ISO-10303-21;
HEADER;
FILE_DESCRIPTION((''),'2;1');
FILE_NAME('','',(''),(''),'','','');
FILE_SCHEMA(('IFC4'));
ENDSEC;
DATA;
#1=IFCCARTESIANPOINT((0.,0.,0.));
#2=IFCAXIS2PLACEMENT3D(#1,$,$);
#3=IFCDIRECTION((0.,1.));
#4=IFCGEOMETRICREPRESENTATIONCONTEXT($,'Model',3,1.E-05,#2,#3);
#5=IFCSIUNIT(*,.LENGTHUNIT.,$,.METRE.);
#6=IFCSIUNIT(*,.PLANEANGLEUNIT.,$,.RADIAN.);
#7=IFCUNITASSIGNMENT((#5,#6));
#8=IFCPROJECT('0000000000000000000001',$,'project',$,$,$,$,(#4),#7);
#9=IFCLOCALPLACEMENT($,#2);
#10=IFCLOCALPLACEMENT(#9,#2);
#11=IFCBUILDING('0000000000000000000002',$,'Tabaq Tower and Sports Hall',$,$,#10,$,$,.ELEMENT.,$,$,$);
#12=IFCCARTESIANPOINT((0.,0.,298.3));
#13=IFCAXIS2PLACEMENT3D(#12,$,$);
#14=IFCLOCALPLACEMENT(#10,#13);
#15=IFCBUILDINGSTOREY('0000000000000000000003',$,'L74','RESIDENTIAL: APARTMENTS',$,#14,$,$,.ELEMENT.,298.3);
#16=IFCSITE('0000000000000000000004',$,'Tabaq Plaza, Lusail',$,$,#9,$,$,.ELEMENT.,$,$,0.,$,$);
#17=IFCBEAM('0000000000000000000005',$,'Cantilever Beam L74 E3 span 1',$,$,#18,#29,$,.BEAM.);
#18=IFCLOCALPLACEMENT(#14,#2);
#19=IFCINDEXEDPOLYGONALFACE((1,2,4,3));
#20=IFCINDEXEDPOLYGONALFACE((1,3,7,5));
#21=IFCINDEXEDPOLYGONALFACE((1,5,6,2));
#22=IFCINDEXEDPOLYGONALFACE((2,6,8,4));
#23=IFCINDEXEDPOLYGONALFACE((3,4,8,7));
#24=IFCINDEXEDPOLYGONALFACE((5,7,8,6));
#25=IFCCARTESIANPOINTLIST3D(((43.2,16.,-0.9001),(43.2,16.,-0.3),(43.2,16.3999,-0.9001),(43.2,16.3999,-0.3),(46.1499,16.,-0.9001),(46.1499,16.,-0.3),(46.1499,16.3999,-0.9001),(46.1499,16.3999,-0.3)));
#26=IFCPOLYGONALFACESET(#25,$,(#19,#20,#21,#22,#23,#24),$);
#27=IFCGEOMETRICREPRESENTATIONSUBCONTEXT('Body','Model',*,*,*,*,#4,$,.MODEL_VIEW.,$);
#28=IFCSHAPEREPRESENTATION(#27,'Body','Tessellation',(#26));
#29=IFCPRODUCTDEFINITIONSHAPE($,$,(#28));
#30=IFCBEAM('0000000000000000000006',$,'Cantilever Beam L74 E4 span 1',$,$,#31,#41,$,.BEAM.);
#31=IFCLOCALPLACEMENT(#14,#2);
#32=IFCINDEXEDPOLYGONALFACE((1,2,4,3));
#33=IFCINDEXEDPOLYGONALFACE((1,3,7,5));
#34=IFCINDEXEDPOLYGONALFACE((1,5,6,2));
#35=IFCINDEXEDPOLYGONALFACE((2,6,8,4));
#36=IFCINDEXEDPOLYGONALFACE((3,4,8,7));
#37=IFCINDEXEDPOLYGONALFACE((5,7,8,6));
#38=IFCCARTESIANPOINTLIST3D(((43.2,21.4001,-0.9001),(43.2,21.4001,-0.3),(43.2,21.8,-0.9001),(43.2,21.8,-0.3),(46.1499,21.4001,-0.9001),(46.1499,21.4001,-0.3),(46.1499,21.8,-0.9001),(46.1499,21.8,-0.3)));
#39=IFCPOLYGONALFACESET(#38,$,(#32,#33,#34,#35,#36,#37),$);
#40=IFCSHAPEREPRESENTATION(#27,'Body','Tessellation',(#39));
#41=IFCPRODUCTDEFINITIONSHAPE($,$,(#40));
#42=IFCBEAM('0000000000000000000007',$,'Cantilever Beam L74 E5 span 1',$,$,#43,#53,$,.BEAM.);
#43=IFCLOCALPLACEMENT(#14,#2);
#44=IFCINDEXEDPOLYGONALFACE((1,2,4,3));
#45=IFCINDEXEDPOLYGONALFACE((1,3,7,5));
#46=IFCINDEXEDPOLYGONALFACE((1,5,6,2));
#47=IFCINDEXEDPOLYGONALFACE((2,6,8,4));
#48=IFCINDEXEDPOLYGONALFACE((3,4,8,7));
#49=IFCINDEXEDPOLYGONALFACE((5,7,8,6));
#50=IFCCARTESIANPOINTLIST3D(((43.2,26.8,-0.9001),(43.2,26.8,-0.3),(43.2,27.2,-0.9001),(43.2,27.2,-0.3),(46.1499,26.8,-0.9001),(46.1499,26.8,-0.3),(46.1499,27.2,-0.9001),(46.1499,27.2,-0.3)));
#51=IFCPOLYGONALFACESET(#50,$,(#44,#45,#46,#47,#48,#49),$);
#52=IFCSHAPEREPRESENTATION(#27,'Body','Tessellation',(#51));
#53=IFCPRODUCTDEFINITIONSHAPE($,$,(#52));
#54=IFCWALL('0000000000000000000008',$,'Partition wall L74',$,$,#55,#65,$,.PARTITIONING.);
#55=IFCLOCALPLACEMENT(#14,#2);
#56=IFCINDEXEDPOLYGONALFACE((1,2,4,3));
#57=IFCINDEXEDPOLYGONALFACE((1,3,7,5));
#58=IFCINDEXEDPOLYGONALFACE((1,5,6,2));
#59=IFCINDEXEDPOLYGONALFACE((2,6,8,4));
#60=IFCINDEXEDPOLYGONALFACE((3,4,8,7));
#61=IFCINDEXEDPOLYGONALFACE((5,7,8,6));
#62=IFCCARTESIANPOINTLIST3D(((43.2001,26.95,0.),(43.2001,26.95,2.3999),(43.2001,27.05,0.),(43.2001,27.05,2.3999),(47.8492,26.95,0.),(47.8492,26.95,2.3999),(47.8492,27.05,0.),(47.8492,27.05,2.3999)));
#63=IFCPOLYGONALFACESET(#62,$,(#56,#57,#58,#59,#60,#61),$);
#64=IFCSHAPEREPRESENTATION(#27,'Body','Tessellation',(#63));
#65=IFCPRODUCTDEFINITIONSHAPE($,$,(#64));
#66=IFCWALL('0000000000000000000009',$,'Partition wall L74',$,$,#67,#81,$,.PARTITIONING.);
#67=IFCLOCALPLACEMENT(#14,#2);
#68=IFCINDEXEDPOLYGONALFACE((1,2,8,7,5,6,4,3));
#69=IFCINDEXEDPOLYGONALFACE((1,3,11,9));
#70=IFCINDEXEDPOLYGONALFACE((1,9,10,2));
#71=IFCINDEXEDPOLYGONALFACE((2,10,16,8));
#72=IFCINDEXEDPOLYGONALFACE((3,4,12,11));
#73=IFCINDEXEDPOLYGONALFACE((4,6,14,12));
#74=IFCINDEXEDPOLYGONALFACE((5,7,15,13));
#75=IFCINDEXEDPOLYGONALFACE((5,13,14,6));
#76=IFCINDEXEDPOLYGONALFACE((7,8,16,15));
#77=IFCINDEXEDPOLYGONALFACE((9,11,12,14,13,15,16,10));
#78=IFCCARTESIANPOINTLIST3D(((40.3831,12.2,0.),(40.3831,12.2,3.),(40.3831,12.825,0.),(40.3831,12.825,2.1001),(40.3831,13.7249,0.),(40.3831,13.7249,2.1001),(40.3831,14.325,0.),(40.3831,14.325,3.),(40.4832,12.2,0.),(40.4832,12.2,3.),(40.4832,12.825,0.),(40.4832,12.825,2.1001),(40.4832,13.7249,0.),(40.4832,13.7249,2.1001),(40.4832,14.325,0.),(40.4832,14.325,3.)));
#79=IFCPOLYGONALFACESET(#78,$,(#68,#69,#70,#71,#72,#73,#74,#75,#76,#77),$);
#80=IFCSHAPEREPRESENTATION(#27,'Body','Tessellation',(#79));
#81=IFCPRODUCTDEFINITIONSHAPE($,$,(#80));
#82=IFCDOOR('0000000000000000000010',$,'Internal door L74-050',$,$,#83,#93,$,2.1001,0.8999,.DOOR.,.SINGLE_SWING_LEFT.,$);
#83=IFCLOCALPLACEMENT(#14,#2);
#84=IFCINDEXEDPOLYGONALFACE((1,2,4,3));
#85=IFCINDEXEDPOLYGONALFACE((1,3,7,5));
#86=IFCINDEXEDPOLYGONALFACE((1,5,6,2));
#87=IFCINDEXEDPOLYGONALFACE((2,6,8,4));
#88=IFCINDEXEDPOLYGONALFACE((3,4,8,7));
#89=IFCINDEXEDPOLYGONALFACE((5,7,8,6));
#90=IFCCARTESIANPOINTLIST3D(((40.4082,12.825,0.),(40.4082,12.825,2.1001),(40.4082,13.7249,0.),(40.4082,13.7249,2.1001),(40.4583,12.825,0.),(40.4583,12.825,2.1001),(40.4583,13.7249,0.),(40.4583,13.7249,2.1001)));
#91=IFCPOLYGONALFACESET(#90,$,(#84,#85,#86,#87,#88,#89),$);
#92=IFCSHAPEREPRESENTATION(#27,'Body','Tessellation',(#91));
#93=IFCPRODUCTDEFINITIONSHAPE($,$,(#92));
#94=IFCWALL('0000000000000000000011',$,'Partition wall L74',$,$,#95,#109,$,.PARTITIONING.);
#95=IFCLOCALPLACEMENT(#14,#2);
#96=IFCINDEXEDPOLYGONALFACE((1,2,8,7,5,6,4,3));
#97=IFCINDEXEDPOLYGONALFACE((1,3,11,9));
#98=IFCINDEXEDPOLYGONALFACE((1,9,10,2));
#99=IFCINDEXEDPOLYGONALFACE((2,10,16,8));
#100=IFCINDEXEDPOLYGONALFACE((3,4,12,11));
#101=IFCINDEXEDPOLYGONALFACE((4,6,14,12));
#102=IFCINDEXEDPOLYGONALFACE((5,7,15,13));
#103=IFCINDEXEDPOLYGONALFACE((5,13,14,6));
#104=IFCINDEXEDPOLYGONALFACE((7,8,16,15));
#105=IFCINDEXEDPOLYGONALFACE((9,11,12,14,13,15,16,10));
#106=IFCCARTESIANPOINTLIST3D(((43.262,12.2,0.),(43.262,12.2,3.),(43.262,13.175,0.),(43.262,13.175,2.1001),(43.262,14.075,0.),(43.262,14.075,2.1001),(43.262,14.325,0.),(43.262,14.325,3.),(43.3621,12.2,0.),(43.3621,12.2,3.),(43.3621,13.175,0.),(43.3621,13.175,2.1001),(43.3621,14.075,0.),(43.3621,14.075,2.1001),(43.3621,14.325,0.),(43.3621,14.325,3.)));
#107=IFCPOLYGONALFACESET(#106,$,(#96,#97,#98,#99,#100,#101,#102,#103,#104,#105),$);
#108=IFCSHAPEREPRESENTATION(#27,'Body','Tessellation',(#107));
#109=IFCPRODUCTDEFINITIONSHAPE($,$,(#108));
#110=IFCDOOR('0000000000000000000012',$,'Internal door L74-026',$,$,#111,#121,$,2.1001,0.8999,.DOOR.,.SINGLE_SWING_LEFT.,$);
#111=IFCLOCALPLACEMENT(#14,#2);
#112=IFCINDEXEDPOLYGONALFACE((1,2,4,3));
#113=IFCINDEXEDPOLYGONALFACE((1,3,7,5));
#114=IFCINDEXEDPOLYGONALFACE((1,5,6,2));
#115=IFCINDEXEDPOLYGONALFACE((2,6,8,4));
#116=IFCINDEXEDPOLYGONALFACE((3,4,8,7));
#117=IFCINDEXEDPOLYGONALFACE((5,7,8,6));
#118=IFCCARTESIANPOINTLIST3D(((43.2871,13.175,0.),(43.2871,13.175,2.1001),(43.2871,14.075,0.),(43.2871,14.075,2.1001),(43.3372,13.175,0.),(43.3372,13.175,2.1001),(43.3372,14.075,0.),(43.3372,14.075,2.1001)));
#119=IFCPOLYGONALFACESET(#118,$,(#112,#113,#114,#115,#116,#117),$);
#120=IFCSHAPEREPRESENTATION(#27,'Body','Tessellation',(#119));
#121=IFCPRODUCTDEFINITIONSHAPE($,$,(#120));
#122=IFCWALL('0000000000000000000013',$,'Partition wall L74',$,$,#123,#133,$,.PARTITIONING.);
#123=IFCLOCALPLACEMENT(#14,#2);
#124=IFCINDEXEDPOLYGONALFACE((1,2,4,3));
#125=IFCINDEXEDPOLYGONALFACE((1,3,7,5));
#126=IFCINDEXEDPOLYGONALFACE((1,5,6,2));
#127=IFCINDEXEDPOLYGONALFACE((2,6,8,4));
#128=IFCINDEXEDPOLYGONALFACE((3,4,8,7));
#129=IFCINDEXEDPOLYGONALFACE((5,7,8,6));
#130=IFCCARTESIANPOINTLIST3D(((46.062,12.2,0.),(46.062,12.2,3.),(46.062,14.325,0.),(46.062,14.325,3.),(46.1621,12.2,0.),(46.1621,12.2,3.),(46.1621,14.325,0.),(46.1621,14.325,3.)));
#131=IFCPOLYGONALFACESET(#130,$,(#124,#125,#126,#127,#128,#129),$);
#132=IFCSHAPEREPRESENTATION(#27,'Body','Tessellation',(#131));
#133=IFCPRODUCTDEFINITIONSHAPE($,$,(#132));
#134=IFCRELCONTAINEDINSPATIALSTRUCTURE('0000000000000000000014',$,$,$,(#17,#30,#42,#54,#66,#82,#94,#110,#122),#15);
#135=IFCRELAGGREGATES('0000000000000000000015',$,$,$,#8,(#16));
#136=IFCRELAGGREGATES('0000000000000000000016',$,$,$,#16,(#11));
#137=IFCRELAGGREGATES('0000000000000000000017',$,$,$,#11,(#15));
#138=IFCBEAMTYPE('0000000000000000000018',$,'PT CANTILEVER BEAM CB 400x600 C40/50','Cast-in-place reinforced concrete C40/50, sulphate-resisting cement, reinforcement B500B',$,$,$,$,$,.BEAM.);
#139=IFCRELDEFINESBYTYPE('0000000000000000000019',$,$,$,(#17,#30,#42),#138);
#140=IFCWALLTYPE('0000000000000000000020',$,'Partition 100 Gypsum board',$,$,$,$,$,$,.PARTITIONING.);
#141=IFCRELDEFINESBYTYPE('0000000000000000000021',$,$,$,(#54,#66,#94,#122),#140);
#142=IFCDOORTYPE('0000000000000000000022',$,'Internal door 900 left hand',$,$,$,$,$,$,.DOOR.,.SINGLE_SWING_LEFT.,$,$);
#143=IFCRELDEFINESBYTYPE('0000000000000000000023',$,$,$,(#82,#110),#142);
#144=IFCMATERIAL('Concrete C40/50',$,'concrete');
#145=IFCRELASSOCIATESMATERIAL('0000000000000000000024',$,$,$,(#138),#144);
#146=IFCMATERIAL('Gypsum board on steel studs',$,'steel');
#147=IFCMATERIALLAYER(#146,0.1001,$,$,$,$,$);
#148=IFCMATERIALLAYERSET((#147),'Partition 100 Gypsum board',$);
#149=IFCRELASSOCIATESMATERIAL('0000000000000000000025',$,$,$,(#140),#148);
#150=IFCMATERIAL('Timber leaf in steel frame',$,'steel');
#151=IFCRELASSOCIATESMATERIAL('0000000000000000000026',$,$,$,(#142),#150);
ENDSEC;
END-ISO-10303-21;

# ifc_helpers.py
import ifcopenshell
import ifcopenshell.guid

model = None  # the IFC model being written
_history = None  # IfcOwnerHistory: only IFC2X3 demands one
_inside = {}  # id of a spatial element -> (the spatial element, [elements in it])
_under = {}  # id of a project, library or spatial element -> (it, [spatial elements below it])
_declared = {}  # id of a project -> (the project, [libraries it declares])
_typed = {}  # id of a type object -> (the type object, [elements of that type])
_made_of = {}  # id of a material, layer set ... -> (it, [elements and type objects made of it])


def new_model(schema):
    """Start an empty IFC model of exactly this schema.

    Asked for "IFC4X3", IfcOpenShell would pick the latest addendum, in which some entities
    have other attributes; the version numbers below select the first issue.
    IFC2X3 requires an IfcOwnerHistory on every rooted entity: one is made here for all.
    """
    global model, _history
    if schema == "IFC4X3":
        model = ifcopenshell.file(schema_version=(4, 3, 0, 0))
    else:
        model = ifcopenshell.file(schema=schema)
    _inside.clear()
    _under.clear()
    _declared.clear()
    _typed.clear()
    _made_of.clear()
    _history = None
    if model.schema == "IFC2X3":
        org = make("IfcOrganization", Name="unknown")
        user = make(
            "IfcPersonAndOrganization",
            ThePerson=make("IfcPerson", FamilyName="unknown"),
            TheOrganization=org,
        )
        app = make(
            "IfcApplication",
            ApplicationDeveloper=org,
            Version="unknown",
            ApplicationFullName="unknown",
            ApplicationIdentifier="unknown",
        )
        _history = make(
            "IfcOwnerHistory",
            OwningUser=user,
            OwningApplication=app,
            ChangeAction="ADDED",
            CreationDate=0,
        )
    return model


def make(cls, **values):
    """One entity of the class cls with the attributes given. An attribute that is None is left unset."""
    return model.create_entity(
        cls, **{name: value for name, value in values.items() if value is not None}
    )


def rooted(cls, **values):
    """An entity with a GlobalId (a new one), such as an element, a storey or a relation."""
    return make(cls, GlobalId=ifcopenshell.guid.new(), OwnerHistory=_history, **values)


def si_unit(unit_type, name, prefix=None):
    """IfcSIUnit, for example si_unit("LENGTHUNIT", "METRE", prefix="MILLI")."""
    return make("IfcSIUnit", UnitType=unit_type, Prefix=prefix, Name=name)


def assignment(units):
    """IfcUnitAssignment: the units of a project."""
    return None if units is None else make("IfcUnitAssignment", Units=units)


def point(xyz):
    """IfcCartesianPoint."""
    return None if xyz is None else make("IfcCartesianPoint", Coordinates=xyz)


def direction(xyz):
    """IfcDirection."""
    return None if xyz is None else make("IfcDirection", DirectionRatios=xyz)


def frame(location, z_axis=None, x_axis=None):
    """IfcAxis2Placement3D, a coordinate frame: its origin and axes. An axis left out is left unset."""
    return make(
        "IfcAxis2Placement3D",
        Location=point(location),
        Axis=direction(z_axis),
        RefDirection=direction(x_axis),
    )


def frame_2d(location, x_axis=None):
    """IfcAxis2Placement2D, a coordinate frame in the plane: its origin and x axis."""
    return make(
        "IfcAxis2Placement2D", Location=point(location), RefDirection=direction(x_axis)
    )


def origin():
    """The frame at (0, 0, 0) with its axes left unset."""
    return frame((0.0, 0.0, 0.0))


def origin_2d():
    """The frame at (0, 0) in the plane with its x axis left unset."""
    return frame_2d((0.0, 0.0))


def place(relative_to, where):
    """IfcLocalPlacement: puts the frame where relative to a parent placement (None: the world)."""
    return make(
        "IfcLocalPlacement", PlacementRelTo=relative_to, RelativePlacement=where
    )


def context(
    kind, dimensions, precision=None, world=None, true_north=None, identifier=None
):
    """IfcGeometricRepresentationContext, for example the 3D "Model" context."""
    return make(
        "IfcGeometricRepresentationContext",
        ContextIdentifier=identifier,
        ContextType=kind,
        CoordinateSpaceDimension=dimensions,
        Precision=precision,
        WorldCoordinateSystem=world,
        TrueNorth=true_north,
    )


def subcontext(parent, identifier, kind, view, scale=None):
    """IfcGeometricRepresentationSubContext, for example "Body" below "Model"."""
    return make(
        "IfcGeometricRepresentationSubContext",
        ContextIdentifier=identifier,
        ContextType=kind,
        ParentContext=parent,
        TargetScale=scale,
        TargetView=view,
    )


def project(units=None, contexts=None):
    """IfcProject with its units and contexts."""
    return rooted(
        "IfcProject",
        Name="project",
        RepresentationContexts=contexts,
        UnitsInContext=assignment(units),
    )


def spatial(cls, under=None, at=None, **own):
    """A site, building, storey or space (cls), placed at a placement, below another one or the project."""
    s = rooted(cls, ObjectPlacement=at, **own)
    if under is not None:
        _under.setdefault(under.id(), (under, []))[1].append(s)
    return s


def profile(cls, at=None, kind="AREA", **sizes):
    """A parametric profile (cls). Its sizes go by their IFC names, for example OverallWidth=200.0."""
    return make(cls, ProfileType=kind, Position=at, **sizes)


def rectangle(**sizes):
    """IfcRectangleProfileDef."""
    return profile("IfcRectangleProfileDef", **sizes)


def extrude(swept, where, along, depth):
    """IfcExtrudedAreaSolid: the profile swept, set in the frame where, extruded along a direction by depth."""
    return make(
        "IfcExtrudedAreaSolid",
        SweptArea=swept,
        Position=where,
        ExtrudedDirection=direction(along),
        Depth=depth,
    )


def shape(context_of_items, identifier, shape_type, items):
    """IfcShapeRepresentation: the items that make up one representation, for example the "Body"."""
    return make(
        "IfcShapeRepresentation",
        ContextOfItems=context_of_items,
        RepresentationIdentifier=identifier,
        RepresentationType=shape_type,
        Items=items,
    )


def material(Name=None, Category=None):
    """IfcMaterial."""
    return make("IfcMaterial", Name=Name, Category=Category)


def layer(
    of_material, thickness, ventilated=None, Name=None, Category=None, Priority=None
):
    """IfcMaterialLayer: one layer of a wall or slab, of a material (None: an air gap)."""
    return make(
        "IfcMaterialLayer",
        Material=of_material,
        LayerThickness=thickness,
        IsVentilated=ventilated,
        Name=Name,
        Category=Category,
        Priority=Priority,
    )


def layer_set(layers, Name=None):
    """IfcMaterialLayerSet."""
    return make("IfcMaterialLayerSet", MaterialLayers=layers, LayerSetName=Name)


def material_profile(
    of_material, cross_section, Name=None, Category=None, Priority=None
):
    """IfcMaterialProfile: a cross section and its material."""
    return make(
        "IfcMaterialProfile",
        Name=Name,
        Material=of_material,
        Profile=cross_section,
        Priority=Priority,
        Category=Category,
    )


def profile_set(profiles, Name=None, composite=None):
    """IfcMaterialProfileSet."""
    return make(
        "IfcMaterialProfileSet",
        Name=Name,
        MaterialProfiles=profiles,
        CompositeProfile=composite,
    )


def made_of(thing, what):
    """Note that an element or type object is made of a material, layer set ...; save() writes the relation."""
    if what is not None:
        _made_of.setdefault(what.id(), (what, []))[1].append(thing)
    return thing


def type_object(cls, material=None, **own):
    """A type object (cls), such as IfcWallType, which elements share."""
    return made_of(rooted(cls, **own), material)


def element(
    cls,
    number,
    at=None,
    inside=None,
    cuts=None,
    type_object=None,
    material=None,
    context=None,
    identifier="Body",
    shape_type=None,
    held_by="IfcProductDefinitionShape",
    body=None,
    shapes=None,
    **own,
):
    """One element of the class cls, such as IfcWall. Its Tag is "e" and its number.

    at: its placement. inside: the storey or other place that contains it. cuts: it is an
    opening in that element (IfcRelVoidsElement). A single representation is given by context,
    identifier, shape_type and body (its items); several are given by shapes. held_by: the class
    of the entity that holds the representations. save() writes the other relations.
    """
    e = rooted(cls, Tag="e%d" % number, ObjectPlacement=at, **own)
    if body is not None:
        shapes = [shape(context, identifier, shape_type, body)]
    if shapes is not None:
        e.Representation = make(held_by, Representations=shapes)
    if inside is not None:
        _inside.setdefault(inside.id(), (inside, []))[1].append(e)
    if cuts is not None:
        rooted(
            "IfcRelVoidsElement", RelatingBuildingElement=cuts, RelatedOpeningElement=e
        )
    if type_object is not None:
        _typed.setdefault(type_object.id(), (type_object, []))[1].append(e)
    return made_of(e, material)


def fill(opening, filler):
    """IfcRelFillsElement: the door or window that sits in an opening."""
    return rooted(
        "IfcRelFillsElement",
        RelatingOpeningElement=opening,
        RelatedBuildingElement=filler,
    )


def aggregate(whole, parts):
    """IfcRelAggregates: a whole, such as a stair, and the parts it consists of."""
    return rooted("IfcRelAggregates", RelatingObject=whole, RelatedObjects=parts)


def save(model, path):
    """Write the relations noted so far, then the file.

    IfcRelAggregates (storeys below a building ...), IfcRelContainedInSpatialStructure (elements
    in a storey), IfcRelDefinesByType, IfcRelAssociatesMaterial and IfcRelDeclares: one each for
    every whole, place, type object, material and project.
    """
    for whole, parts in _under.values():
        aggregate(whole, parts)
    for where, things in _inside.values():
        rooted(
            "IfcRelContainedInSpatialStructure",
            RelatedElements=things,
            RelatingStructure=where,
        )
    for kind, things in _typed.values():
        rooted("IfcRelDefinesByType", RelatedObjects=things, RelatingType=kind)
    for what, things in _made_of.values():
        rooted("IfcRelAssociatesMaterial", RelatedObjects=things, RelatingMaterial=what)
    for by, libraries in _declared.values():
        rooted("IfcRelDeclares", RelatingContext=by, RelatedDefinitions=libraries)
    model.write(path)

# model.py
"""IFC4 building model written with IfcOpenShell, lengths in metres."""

from ifc_helpers import new_model, si_unit, direction, frame, frame_2d, origin, origin_2d, place, context, subcontext, project, spatial, rectangle, extrude, material, layer, layer_set, material_profile, profile_set, type_object, element, fill, save


model = new_model("IFC4")

# Units and contexts
model_context = context("Model", 3, precision=1e-05, world=origin(), true_north=direction((0.0, 1.0)))
body_context = subcontext(model_context, "Body", "Model", "MODEL_VIEW")
ifc_project = project(units=[si_unit("LENGTHUNIT", "METRE"), si_unit("PLANEANGLEUNIT", "RADIAN")], contexts=[model_context])

# Site, building, storey
site_placement = place(None, origin())
site = spatial("IfcSite", under=ifc_project, at=site_placement, Name="Tabaq Plaza, Lusail", CompositionType="ELEMENT", RefElevation=0.0)
building_placement = place(site_placement, origin())
building = spatial("IfcBuilding", under=site, at=building_placement, Name="Tabaq Tower and Sports Hall", CompositionType="ELEMENT")
storey_placement = place(building_placement, frame((0.0, 0.0, 298.3)))
storey = spatial("IfcBuildingStorey", under=building, at=storey_placement, Name="L74", Description="RESIDENTIAL: APARTMENTS", CompositionType="ELEMENT", Elevation=298.3)

# Beams
ifc_material_1 = material(Name="Concrete C40/50", Category="concrete")
ifc_material_profile = material_profile(ifc_material_1, rectangle(XDim=0.3999, YDim=0.6001, at=origin_2d()), Name="CB 400x600")
ifc_profile_set = profile_set([ifc_material_profile], Name="Concrete C40/50")
beam_type = type_object("IfcBeamType", Name="PT CANTILEVER BEAM CB 400x600 C40/50", Description="Cast-in-place reinforced concrete C40/50, sulphate-resisting cement, reinforcement B500B", PredefinedType="BEAM", material=ifc_profile_set)
for number, where, z_axis, x_axis, name in (
    (1, (46.1499, 16.2, -0.6001), (-1.0, 0.0, 0.0), (0.0, -1.0, 0.0), "Cantilever Beam L74 E3 span 1"),
    (2, (46.1499, 21.6001, -0.6001), (-1.0, 0.0, 0.0), (0.0, -1.0, 0.0), "Cantilever Beam L74 E4 span 1"),
    (3, (46.1499, 27.0, -0.6001), (-1.0, 0.0, 0.0), (0.0, -1.0, 0.0), "Cantilever Beam L74 E5 span 1"),
):
    element("IfcBeam", number, at=place(storey_placement, frame(where, z_axis=z_axis, x_axis=x_axis)), inside=storey, type_object=beam_type, Name=name, PredefinedType="BEAM", context=body_context, shape_type="SweptSolid", body=[
        extrude(rectangle(XDim=0.3999, YDim=0.6001, at=origin_2d()), origin(), (0.0, 0.0, 1.0), 2.95),
    ])

# Wall
ifc_material_2 = material(Name="Gypsum board on steel studs", Category="steel")
ifc_layer_1 = layer(ifc_material_2, 0.1001)
ifc_layer_set_1 = layer_set([ifc_layer_1], Name="Partition 100 Gypsum board")
wall_type_1 = type_object("IfcWallType", Name="Partition 100 Gypsum board", PredefinedType="PARTITIONING", material=ifc_layer_set_1)
wall_1_placement = place(storey_placement, frame((43.2, 27.0, 0.0), z_axis=(0.0, 0.0, 1.0), x_axis=(1.0, 0.0, 0.0)))
element("IfcWall", 4, at=wall_1_placement, inside=storey, type_object=wall_type_1, Name="Partition wall L74", PredefinedType="PARTITIONING", context=body_context, shape_type="SweptSolid", body=[
    extrude(rectangle(XDim=4.6492, YDim=0.1001, at=frame_2d((2.3247, 0.0))), origin(), (0.0, 0.0, 1.0), 2.3999),
])

# Walls, openings, doors
wall_2_placement = place(storey_placement, frame((40.4331, 12.2, 0.0), z_axis=(0.0, 0.0, 1.0), x_axis=(0.0, 1.0, 0.0)))
wall_2 = element("IfcWall", 5, at=wall_2_placement, inside=storey, type_object=wall_type_1, Name="Partition wall L74", PredefinedType="PARTITIONING", context=body_context, shape_type="SweptSolid", body=[
    extrude(rectangle(XDim=2.125, YDim=0.1001, at=frame_2d((1.0625, 0.0))), origin(), (0.0, 0.0, 1.0), 3.0),
])
opening_1_placement = place(wall_2_placement, frame((0.625, 0.0, 0.0)))
opening_1 = element("IfcOpeningElement", 6, at=opening_1_placement, cuts=wall_2, PredefinedType="OPENING", context=body_context, shape_type="SweptSolid", body=[
    extrude(rectangle(XDim=0.8999, YDim=2.1001, at=frame_2d((0.45, 1.05))), frame((0.0, 0.05, 0.0), z_axis=(0.0, -1.0, 0.0), x_axis=(1.0, 0.0, 0.0)), (0.0, 0.0, 1.0), 0.1001),
])
ifc_material_3 = material(Name="Timber leaf in steel frame", Category="steel")
door_type_1 = type_object("IfcDoorType", Name="Internal door 900 left hand", OperationType="SINGLE_SWING_LEFT", PredefinedType="DOOR", material=ifc_material_3)
door_1_placement = place(opening_1_placement, origin())
door_1 = element("IfcDoor", 7, at=door_1_placement, inside=storey, type_object=door_type_1, Name="Internal door L74-050", OperationType="SINGLE_SWING_LEFT", OverallHeight=2.1001, OverallWidth=0.8999, PredefinedType="DOOR", context=body_context, shape_type="SweptSolid", body=[
    extrude(rectangle(XDim=0.8999, YDim=2.1001, at=frame_2d((0.45, 1.05))), frame((0.0, 0.0249, 0.0), z_axis=(0.0, -1.0, 0.0), x_axis=(1.0, 0.0, 0.0)), (0.0, 0.0, 1.0), 0.05),
])
fill(opening_1, door_1)
wall_3_placement = place(storey_placement, frame((43.312, 12.2, 0.0), z_axis=(0.0, 0.0, 1.0), x_axis=(0.0, 1.0, 0.0)))
wall_3 = element("IfcWall", 8, at=wall_3_placement, inside=storey, type_object=wall_type_1, Name="Partition wall L74", PredefinedType="PARTITIONING", context=body_context, shape_type="SweptSolid", body=[
    extrude(rectangle(XDim=2.125, YDim=0.1001, at=frame_2d((1.0625, 0.0))), origin(), (0.0, 0.0, 1.0), 3.0),
])
opening_2_placement = place(wall_3_placement, frame((0.9751, 0.0, 0.0)))
opening_2 = element("IfcOpeningElement", 9, at=opening_2_placement, cuts=wall_3, PredefinedType="OPENING", context=body_context, shape_type="SweptSolid", body=[
    extrude(rectangle(XDim=0.8999, YDim=2.1001, at=frame_2d((0.45, 1.05))), frame((0.0, 0.05, 0.0), z_axis=(0.0, -1.0, 0.0), x_axis=(1.0, 0.0, 0.0)), (0.0, 0.0, 1.0), 0.1001),
])
door_2_placement = place(opening_2_placement, origin())
door_2 = element("IfcDoor", 10, at=door_2_placement, inside=storey, type_object=door_type_1, Name="Internal door L74-026", OperationType="SINGLE_SWING_LEFT", OverallHeight=2.1001, OverallWidth=0.8999, PredefinedType="DOOR", context=body_context, shape_type="SweptSolid", body=[
    extrude(rectangle(XDim=0.8999, YDim=2.1001, at=frame_2d((0.45, 1.05))), frame((0.0, 0.0249, 0.0), z_axis=(0.0, -1.0, 0.0), x_axis=(1.0, 0.0, 0.0)), (0.0, 0.0, 1.0), 0.05),
])
fill(opening_2, door_2)

# Wall
wall_4_placement = place(storey_placement, frame((46.1121, 12.2, 0.0), z_axis=(0.0, 0.0, 1.0), x_axis=(0.0, 1.0, 0.0)))
element("IfcWall", 11, at=wall_4_placement, inside=storey, type_object=wall_type_1, Name="Partition wall L74", PredefinedType="PARTITIONING", context=body_context, shape_type="SweptSolid", body=[
    extrude(rectangle(XDim=2.125, YDim=0.1001, at=frame_2d((1.0625, 0.0))), origin(), (0.0, 0.0, 1.0), 3.0),
])

save(model, "model.ifc")
